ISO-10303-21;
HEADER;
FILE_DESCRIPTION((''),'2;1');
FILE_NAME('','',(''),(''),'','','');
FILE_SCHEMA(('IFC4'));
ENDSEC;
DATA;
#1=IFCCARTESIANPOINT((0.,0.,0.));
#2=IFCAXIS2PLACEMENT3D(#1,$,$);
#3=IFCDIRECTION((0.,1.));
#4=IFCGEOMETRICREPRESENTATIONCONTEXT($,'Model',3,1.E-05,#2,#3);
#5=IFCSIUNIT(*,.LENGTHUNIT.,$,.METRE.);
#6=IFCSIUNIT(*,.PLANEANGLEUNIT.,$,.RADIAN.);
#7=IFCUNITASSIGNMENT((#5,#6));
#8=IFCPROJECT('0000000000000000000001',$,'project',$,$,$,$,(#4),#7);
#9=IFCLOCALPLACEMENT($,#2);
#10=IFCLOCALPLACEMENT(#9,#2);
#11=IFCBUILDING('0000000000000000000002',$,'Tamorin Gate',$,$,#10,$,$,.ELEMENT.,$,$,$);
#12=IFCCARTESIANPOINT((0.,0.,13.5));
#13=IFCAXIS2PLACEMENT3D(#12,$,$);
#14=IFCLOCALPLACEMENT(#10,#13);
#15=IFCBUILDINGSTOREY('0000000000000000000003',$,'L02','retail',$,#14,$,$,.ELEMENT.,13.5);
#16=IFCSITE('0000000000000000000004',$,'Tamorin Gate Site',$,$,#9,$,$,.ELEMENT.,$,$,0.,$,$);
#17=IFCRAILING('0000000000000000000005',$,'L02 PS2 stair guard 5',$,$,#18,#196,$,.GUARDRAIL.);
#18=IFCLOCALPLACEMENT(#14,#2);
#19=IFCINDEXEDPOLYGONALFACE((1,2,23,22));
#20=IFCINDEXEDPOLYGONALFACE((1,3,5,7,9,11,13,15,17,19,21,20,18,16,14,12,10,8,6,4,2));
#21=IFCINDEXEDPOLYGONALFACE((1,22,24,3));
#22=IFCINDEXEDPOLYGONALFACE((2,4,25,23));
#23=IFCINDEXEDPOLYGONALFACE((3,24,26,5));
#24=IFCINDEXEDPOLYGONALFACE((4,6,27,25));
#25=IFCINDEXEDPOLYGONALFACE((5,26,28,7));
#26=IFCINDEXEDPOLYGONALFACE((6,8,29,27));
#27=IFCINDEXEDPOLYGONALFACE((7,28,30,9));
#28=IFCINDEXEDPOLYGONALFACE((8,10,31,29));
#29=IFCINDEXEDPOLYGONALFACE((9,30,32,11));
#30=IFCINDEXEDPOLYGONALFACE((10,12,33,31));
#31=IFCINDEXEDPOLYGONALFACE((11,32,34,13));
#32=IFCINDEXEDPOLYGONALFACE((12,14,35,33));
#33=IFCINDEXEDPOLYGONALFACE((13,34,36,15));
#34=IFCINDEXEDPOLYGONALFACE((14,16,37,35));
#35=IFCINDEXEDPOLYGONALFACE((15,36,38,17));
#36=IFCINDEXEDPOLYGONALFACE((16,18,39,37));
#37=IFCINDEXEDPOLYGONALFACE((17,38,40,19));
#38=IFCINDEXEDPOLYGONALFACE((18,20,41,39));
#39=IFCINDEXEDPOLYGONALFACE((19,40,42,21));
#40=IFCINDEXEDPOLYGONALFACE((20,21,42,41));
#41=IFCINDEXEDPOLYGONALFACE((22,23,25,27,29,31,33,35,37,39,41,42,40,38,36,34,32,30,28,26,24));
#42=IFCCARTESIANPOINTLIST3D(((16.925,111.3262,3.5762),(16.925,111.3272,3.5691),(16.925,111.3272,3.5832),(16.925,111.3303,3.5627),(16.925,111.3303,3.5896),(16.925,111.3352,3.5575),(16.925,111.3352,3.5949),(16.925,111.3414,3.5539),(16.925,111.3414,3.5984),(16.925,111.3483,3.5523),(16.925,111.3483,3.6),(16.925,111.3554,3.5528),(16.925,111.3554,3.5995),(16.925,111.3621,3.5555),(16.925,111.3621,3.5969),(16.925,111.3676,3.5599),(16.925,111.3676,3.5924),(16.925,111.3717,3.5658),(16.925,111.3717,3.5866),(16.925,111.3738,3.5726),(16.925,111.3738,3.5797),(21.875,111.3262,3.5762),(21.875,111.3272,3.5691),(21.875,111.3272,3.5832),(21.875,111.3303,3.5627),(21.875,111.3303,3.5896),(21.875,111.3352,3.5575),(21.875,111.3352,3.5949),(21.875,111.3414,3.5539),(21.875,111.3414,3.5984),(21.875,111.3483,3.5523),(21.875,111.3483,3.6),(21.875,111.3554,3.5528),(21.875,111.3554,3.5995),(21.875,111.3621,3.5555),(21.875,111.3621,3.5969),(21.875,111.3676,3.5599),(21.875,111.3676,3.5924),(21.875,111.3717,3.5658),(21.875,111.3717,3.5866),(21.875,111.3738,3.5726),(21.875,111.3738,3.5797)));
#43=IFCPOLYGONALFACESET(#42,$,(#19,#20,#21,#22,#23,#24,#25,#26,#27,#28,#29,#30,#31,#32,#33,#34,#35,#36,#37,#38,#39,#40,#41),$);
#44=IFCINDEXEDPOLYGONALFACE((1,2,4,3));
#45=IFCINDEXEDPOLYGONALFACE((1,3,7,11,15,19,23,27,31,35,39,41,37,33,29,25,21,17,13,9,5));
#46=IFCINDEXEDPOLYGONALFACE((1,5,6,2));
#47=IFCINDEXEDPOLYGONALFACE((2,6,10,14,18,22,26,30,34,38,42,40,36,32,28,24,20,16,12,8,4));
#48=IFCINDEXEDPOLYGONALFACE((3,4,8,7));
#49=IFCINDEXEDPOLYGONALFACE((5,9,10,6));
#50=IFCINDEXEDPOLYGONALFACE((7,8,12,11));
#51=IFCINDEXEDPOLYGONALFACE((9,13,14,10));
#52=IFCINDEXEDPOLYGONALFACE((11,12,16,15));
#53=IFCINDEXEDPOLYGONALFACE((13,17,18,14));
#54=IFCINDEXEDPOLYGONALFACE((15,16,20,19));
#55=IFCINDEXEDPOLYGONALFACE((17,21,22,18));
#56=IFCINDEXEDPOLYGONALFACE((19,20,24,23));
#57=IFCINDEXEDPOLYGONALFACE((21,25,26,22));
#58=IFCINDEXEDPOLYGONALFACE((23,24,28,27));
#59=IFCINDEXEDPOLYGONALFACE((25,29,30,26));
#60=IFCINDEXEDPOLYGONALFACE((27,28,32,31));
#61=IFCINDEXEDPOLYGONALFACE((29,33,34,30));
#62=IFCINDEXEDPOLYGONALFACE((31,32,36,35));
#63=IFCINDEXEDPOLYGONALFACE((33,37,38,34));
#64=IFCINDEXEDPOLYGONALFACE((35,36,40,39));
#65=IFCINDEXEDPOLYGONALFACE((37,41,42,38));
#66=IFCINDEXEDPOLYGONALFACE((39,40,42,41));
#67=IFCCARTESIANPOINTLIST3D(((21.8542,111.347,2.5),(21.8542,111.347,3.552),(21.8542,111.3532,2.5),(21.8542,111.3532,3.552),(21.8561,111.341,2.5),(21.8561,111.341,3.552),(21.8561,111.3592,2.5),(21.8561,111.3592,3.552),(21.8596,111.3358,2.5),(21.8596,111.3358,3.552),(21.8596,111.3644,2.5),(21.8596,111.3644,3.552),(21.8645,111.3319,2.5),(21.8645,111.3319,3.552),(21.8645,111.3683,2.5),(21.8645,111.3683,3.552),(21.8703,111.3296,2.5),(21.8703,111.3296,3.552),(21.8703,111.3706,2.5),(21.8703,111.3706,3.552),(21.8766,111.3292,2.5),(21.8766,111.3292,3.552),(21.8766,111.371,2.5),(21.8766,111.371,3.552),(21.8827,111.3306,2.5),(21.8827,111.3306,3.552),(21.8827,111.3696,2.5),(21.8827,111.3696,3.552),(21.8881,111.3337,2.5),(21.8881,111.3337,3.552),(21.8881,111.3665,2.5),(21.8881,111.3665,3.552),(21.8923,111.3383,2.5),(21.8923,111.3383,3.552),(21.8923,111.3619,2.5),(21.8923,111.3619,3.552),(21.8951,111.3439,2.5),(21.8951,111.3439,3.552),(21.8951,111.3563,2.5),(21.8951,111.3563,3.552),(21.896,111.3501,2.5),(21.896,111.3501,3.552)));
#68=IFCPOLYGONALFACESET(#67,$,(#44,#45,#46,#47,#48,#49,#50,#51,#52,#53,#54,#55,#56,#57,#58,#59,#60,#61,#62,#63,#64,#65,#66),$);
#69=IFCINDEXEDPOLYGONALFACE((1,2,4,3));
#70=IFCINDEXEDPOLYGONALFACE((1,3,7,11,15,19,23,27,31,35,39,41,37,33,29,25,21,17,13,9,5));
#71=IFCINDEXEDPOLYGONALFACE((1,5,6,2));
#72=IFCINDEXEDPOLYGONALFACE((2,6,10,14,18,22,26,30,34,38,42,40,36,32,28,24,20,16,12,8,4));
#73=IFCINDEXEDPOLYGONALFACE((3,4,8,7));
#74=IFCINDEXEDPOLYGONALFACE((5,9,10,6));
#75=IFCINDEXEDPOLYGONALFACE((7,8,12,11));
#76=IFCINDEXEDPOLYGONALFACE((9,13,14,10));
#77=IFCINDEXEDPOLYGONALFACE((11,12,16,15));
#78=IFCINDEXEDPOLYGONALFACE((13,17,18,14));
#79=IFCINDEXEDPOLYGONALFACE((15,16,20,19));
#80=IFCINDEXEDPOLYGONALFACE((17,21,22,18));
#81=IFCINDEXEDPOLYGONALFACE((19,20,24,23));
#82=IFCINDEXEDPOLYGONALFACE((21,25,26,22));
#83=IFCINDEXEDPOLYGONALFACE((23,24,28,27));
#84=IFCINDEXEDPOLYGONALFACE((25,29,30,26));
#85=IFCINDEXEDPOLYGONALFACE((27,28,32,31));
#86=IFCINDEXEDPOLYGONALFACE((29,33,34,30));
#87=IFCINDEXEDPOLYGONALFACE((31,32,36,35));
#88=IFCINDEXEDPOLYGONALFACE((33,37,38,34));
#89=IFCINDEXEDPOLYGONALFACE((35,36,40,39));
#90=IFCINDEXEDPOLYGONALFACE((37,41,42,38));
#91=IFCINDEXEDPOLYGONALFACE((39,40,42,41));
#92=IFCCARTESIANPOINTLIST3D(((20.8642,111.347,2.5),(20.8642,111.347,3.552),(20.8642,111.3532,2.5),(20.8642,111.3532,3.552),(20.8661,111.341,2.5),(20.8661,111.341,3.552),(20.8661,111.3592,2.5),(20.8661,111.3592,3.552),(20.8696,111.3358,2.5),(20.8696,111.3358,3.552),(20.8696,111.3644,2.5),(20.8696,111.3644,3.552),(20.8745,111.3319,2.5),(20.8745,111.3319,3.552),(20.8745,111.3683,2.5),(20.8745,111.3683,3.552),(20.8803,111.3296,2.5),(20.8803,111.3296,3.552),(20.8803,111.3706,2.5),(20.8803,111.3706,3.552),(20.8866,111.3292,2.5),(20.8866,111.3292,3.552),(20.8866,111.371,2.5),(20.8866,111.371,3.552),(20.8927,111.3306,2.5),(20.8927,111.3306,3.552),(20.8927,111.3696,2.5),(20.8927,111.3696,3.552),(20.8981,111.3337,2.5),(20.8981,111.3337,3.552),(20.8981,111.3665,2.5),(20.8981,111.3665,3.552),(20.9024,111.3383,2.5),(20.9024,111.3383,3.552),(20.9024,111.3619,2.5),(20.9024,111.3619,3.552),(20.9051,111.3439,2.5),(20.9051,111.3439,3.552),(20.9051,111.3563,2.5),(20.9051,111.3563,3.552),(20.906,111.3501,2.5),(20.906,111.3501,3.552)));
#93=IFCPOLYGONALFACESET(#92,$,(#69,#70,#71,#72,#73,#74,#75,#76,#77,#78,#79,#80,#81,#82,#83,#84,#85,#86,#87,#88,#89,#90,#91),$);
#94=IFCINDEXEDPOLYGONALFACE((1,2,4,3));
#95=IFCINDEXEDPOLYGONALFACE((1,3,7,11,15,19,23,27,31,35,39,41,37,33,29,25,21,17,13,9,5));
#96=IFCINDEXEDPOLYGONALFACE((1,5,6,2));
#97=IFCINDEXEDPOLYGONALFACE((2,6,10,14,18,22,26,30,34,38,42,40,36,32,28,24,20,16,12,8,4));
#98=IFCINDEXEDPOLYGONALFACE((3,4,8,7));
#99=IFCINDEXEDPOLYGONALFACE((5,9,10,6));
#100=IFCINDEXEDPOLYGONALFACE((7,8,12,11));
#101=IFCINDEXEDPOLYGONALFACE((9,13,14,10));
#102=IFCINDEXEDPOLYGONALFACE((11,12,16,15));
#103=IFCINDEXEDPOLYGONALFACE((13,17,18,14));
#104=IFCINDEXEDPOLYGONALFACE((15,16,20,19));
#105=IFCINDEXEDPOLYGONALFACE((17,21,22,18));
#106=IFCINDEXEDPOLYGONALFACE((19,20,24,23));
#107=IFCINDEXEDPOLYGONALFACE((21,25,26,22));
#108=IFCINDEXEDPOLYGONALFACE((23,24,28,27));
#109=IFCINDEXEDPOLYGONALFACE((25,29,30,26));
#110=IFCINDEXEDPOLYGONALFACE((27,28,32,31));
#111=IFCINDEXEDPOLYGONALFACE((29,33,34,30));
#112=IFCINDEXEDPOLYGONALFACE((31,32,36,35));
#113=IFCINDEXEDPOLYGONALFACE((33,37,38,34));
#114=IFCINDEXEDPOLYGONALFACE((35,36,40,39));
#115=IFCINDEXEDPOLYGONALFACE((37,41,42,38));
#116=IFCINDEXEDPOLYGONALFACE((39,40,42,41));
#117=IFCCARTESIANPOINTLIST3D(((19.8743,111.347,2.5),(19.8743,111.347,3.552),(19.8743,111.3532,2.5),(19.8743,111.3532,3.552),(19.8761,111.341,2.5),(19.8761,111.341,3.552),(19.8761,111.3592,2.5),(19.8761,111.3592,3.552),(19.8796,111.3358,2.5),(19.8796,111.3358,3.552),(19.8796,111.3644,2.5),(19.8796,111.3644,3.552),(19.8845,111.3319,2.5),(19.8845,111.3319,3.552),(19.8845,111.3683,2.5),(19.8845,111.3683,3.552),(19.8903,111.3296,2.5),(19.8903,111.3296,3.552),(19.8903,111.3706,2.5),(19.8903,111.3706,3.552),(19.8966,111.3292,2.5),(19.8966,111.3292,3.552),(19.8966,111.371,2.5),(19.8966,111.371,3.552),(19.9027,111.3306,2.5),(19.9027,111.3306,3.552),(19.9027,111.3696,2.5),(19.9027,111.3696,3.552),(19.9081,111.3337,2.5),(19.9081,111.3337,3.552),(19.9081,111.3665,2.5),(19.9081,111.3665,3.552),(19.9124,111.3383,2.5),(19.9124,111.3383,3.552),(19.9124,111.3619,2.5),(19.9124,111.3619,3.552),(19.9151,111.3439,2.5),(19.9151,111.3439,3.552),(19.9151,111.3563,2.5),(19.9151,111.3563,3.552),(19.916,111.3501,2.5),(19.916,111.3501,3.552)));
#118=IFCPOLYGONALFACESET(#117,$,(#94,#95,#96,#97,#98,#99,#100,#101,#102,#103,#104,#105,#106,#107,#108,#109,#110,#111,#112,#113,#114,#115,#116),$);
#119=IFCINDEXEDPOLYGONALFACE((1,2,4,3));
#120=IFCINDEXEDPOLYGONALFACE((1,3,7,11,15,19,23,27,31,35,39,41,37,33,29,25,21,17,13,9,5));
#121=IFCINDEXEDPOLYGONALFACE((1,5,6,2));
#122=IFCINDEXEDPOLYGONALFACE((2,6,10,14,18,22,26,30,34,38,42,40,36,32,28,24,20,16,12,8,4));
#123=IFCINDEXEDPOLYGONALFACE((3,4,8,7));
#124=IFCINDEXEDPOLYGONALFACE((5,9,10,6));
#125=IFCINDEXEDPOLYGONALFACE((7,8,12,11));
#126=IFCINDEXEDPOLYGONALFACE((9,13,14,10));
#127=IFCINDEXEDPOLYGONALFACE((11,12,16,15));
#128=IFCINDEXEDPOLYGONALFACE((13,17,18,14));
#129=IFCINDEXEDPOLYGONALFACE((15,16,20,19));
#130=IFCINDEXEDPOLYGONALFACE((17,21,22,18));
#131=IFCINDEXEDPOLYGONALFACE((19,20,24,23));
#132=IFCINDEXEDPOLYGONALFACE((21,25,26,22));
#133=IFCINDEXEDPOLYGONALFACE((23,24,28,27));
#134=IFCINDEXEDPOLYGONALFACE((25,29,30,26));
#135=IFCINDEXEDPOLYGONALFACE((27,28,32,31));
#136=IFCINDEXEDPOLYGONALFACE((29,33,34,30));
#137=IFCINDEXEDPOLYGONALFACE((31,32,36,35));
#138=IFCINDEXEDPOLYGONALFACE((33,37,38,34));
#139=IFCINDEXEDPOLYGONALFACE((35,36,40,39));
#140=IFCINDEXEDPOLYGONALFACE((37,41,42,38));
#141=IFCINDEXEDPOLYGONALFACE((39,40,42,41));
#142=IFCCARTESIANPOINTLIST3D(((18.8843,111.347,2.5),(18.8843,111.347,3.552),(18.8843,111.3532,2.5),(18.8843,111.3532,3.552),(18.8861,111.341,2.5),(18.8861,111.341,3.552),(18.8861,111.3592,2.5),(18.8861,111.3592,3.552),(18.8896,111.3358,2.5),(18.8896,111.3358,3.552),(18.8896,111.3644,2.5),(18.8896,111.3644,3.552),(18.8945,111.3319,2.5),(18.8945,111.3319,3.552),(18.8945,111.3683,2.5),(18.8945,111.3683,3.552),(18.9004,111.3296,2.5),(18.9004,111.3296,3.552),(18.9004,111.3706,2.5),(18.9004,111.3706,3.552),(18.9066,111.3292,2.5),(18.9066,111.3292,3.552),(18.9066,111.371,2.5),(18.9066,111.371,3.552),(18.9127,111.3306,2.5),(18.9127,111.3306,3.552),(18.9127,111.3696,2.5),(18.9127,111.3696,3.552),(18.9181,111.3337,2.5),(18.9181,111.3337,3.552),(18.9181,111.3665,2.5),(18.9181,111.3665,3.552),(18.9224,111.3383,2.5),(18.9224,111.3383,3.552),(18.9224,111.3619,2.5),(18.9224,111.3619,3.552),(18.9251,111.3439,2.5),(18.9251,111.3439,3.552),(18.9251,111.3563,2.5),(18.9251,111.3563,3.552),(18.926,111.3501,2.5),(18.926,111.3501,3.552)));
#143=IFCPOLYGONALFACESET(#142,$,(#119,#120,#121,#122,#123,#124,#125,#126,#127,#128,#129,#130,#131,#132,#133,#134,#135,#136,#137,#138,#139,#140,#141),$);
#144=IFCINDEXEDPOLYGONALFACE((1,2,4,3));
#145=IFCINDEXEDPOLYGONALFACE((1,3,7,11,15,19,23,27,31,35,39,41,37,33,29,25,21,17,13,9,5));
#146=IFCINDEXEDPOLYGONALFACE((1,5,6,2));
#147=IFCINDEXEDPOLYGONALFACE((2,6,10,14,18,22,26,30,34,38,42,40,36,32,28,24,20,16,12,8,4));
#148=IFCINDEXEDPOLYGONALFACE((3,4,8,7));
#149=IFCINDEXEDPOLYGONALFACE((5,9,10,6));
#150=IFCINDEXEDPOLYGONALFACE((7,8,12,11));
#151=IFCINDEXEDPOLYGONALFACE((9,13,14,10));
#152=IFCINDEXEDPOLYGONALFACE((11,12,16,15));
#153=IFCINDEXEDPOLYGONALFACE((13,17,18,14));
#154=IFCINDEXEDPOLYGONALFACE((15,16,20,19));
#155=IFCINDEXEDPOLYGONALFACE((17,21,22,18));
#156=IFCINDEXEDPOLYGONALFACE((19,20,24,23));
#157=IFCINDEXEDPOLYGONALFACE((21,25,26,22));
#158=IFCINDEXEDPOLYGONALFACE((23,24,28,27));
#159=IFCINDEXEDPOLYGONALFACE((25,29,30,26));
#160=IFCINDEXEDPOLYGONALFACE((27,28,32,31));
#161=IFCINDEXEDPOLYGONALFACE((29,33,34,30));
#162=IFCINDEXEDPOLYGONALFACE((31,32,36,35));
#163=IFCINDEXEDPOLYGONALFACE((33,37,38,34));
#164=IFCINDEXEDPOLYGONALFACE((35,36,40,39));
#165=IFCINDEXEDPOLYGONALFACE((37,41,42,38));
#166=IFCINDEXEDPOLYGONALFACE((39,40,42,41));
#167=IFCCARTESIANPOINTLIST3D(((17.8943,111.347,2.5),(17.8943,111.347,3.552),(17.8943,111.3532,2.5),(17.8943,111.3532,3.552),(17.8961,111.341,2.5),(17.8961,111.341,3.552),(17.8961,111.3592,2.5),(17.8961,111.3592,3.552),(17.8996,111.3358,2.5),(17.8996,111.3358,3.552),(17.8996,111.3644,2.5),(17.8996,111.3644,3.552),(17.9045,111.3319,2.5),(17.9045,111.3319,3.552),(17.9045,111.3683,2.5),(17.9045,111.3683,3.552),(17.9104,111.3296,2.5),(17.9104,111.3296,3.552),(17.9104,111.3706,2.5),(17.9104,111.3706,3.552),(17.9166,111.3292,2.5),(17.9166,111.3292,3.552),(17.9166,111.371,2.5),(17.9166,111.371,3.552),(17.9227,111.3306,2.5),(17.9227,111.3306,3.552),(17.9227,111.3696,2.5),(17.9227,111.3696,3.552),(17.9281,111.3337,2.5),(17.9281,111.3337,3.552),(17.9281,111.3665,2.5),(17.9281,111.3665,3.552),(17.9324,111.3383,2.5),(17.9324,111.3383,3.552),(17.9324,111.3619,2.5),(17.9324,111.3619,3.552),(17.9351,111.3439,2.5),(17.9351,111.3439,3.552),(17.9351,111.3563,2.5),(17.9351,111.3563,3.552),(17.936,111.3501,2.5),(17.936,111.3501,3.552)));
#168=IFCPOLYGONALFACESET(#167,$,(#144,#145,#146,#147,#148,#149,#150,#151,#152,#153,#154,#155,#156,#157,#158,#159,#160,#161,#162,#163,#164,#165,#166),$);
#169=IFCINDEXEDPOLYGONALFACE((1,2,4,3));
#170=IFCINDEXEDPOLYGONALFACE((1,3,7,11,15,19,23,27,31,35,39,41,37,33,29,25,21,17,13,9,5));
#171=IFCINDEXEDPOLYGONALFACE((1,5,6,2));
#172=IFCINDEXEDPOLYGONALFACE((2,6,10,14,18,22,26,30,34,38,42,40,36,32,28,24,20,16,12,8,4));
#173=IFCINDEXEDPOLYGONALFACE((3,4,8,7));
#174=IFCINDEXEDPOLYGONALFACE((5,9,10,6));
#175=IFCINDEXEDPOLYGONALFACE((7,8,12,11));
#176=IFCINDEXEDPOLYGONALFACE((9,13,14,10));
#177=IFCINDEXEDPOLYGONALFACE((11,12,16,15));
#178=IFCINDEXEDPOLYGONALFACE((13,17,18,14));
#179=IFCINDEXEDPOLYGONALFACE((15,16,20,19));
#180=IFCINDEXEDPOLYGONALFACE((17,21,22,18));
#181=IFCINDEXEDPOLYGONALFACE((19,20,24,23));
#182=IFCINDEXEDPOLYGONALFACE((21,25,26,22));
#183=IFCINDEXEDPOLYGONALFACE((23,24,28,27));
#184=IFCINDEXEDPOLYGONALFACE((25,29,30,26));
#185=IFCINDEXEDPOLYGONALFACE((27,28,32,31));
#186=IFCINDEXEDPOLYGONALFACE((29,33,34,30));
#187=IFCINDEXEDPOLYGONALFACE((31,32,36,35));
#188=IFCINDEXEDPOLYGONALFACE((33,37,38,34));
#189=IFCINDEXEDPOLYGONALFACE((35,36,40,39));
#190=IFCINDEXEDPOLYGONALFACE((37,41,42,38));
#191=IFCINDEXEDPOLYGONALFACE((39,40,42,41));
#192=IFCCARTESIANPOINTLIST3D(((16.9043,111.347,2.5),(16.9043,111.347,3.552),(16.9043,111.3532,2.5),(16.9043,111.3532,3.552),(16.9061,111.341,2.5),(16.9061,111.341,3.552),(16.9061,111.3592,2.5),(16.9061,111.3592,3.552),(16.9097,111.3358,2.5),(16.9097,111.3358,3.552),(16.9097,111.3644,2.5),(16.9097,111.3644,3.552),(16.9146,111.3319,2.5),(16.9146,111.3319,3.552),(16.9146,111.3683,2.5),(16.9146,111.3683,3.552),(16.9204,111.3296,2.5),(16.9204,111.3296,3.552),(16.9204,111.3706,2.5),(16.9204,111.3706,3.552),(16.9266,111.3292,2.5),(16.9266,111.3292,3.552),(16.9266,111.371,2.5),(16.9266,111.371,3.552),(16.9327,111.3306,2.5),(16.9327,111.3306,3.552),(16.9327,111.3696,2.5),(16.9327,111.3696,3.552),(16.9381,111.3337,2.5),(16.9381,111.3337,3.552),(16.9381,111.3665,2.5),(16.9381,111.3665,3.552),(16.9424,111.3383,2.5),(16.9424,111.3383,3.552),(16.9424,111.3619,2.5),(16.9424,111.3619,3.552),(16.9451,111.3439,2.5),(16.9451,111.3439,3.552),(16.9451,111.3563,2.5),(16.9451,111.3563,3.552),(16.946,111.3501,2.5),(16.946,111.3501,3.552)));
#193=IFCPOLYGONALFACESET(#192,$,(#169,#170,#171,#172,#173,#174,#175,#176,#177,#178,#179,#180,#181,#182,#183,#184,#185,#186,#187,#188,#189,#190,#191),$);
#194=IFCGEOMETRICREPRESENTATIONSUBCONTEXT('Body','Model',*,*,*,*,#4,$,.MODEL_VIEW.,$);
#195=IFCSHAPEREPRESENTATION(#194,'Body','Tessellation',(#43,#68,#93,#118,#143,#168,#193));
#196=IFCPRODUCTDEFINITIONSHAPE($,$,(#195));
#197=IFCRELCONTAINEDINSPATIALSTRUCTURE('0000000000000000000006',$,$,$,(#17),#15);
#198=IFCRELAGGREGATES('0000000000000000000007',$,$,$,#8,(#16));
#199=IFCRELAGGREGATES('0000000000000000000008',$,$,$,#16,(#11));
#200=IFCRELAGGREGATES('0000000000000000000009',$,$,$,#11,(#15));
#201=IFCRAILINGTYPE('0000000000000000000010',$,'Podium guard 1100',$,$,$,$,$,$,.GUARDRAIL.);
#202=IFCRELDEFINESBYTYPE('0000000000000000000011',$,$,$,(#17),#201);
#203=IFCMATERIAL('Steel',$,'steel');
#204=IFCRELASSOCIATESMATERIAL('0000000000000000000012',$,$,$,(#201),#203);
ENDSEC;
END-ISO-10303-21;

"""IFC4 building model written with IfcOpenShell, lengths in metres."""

from ifc_helpers import new_model, si_unit, direction, frame, origin, origin_2d, place, context, subcontext, project, spatial, circle, extrude, material, type_object, element, save


model = new_model("IFC4")

# Units and contexts
model_context = context("Model", 3, precision=1e-05, world=origin(), true_north=direction((0.0, 1.0)))
body_context = subcontext(model_context, "Body", "Model", "MODEL_VIEW")
ifc_project = project(units=[si_unit("LENGTHUNIT", "METRE"), si_unit("PLANEANGLEUNIT", "RADIAN")], contexts=[model_context])

# Site, building, storey
site_placement = place(None, origin())
site = spatial("IfcSite", under=ifc_project, at=site_placement, Name="Tamorin Gate Site", CompositionType="ELEMENT", RefElevation=0.0)
building_placement = place(site_placement, origin())
building = spatial("IfcBuilding", under=site, at=building_placement, Name="Tamorin Gate", CompositionType="ELEMENT")
storey_placement = place(building_placement, frame((0.0, 0.0, 13.5)))
storey = spatial("IfcBuildingStorey", under=building, at=storey_placement, Name="L02", Description="retail", CompositionType="ELEMENT", Elevation=13.5)

# Railing
ifc_material_1 = material(Name="Steel", Category="steel")
railing_type = type_object("IfcRailingType", Name="Podium guard 1100", PredefinedType="GUARDRAIL", material=ifc_material_1)
railing_1_placement = place(storey_placement, frame((21.875, 111.3501, 2.5)))
element("IfcRailing", 1, at=railing_1_placement, inside=storey, type_object=railing_type, Name="L02 PS2 stair guard 5", PredefinedType="GUARDRAIL", context=body_context, shape_type="SweptSolid", body=[
    extrude(circle(Radius=0.0239, at=origin_2d()), frame((0.0, 0.0, 1.0762), z_axis=(-1.0, 0.0, 0.0), x_axis=(0.0, -1.0, 0.0)), (0.0, 0.0, 1.0), 4.95),
    extrude(circle(Radius=0.021, at=origin_2d()), origin(), (0.0, 0.0, 1.0), 1.052),
    extrude(circle(Radius=0.021, at=origin_2d()), frame((-0.99, 0.0, 0.0)), (0.0, 0.0, 1.0), 1.052),
    extrude(circle(Radius=0.021, at=origin_2d()), frame((-1.98, 0.0, 0.0)), (0.0, 0.0, 1.0), 1.052),
    extrude(circle(Radius=0.021, at=origin_2d()), frame((-2.97, 0.0, 0.0)), (0.0, 0.0, 1.0), 1.052),
    extrude(circle(Radius=0.021, at=origin_2d()), frame((-3.96, 0.0, 0.0)), (0.0, 0.0, 1.0), 1.052),
    extrude(circle(Radius=0.021, at=origin_2d()), frame((-4.95, 0.0, 0.0)), (0.0, 0.0, 1.0), 1.052),
])

save(model, "model.ifc")
